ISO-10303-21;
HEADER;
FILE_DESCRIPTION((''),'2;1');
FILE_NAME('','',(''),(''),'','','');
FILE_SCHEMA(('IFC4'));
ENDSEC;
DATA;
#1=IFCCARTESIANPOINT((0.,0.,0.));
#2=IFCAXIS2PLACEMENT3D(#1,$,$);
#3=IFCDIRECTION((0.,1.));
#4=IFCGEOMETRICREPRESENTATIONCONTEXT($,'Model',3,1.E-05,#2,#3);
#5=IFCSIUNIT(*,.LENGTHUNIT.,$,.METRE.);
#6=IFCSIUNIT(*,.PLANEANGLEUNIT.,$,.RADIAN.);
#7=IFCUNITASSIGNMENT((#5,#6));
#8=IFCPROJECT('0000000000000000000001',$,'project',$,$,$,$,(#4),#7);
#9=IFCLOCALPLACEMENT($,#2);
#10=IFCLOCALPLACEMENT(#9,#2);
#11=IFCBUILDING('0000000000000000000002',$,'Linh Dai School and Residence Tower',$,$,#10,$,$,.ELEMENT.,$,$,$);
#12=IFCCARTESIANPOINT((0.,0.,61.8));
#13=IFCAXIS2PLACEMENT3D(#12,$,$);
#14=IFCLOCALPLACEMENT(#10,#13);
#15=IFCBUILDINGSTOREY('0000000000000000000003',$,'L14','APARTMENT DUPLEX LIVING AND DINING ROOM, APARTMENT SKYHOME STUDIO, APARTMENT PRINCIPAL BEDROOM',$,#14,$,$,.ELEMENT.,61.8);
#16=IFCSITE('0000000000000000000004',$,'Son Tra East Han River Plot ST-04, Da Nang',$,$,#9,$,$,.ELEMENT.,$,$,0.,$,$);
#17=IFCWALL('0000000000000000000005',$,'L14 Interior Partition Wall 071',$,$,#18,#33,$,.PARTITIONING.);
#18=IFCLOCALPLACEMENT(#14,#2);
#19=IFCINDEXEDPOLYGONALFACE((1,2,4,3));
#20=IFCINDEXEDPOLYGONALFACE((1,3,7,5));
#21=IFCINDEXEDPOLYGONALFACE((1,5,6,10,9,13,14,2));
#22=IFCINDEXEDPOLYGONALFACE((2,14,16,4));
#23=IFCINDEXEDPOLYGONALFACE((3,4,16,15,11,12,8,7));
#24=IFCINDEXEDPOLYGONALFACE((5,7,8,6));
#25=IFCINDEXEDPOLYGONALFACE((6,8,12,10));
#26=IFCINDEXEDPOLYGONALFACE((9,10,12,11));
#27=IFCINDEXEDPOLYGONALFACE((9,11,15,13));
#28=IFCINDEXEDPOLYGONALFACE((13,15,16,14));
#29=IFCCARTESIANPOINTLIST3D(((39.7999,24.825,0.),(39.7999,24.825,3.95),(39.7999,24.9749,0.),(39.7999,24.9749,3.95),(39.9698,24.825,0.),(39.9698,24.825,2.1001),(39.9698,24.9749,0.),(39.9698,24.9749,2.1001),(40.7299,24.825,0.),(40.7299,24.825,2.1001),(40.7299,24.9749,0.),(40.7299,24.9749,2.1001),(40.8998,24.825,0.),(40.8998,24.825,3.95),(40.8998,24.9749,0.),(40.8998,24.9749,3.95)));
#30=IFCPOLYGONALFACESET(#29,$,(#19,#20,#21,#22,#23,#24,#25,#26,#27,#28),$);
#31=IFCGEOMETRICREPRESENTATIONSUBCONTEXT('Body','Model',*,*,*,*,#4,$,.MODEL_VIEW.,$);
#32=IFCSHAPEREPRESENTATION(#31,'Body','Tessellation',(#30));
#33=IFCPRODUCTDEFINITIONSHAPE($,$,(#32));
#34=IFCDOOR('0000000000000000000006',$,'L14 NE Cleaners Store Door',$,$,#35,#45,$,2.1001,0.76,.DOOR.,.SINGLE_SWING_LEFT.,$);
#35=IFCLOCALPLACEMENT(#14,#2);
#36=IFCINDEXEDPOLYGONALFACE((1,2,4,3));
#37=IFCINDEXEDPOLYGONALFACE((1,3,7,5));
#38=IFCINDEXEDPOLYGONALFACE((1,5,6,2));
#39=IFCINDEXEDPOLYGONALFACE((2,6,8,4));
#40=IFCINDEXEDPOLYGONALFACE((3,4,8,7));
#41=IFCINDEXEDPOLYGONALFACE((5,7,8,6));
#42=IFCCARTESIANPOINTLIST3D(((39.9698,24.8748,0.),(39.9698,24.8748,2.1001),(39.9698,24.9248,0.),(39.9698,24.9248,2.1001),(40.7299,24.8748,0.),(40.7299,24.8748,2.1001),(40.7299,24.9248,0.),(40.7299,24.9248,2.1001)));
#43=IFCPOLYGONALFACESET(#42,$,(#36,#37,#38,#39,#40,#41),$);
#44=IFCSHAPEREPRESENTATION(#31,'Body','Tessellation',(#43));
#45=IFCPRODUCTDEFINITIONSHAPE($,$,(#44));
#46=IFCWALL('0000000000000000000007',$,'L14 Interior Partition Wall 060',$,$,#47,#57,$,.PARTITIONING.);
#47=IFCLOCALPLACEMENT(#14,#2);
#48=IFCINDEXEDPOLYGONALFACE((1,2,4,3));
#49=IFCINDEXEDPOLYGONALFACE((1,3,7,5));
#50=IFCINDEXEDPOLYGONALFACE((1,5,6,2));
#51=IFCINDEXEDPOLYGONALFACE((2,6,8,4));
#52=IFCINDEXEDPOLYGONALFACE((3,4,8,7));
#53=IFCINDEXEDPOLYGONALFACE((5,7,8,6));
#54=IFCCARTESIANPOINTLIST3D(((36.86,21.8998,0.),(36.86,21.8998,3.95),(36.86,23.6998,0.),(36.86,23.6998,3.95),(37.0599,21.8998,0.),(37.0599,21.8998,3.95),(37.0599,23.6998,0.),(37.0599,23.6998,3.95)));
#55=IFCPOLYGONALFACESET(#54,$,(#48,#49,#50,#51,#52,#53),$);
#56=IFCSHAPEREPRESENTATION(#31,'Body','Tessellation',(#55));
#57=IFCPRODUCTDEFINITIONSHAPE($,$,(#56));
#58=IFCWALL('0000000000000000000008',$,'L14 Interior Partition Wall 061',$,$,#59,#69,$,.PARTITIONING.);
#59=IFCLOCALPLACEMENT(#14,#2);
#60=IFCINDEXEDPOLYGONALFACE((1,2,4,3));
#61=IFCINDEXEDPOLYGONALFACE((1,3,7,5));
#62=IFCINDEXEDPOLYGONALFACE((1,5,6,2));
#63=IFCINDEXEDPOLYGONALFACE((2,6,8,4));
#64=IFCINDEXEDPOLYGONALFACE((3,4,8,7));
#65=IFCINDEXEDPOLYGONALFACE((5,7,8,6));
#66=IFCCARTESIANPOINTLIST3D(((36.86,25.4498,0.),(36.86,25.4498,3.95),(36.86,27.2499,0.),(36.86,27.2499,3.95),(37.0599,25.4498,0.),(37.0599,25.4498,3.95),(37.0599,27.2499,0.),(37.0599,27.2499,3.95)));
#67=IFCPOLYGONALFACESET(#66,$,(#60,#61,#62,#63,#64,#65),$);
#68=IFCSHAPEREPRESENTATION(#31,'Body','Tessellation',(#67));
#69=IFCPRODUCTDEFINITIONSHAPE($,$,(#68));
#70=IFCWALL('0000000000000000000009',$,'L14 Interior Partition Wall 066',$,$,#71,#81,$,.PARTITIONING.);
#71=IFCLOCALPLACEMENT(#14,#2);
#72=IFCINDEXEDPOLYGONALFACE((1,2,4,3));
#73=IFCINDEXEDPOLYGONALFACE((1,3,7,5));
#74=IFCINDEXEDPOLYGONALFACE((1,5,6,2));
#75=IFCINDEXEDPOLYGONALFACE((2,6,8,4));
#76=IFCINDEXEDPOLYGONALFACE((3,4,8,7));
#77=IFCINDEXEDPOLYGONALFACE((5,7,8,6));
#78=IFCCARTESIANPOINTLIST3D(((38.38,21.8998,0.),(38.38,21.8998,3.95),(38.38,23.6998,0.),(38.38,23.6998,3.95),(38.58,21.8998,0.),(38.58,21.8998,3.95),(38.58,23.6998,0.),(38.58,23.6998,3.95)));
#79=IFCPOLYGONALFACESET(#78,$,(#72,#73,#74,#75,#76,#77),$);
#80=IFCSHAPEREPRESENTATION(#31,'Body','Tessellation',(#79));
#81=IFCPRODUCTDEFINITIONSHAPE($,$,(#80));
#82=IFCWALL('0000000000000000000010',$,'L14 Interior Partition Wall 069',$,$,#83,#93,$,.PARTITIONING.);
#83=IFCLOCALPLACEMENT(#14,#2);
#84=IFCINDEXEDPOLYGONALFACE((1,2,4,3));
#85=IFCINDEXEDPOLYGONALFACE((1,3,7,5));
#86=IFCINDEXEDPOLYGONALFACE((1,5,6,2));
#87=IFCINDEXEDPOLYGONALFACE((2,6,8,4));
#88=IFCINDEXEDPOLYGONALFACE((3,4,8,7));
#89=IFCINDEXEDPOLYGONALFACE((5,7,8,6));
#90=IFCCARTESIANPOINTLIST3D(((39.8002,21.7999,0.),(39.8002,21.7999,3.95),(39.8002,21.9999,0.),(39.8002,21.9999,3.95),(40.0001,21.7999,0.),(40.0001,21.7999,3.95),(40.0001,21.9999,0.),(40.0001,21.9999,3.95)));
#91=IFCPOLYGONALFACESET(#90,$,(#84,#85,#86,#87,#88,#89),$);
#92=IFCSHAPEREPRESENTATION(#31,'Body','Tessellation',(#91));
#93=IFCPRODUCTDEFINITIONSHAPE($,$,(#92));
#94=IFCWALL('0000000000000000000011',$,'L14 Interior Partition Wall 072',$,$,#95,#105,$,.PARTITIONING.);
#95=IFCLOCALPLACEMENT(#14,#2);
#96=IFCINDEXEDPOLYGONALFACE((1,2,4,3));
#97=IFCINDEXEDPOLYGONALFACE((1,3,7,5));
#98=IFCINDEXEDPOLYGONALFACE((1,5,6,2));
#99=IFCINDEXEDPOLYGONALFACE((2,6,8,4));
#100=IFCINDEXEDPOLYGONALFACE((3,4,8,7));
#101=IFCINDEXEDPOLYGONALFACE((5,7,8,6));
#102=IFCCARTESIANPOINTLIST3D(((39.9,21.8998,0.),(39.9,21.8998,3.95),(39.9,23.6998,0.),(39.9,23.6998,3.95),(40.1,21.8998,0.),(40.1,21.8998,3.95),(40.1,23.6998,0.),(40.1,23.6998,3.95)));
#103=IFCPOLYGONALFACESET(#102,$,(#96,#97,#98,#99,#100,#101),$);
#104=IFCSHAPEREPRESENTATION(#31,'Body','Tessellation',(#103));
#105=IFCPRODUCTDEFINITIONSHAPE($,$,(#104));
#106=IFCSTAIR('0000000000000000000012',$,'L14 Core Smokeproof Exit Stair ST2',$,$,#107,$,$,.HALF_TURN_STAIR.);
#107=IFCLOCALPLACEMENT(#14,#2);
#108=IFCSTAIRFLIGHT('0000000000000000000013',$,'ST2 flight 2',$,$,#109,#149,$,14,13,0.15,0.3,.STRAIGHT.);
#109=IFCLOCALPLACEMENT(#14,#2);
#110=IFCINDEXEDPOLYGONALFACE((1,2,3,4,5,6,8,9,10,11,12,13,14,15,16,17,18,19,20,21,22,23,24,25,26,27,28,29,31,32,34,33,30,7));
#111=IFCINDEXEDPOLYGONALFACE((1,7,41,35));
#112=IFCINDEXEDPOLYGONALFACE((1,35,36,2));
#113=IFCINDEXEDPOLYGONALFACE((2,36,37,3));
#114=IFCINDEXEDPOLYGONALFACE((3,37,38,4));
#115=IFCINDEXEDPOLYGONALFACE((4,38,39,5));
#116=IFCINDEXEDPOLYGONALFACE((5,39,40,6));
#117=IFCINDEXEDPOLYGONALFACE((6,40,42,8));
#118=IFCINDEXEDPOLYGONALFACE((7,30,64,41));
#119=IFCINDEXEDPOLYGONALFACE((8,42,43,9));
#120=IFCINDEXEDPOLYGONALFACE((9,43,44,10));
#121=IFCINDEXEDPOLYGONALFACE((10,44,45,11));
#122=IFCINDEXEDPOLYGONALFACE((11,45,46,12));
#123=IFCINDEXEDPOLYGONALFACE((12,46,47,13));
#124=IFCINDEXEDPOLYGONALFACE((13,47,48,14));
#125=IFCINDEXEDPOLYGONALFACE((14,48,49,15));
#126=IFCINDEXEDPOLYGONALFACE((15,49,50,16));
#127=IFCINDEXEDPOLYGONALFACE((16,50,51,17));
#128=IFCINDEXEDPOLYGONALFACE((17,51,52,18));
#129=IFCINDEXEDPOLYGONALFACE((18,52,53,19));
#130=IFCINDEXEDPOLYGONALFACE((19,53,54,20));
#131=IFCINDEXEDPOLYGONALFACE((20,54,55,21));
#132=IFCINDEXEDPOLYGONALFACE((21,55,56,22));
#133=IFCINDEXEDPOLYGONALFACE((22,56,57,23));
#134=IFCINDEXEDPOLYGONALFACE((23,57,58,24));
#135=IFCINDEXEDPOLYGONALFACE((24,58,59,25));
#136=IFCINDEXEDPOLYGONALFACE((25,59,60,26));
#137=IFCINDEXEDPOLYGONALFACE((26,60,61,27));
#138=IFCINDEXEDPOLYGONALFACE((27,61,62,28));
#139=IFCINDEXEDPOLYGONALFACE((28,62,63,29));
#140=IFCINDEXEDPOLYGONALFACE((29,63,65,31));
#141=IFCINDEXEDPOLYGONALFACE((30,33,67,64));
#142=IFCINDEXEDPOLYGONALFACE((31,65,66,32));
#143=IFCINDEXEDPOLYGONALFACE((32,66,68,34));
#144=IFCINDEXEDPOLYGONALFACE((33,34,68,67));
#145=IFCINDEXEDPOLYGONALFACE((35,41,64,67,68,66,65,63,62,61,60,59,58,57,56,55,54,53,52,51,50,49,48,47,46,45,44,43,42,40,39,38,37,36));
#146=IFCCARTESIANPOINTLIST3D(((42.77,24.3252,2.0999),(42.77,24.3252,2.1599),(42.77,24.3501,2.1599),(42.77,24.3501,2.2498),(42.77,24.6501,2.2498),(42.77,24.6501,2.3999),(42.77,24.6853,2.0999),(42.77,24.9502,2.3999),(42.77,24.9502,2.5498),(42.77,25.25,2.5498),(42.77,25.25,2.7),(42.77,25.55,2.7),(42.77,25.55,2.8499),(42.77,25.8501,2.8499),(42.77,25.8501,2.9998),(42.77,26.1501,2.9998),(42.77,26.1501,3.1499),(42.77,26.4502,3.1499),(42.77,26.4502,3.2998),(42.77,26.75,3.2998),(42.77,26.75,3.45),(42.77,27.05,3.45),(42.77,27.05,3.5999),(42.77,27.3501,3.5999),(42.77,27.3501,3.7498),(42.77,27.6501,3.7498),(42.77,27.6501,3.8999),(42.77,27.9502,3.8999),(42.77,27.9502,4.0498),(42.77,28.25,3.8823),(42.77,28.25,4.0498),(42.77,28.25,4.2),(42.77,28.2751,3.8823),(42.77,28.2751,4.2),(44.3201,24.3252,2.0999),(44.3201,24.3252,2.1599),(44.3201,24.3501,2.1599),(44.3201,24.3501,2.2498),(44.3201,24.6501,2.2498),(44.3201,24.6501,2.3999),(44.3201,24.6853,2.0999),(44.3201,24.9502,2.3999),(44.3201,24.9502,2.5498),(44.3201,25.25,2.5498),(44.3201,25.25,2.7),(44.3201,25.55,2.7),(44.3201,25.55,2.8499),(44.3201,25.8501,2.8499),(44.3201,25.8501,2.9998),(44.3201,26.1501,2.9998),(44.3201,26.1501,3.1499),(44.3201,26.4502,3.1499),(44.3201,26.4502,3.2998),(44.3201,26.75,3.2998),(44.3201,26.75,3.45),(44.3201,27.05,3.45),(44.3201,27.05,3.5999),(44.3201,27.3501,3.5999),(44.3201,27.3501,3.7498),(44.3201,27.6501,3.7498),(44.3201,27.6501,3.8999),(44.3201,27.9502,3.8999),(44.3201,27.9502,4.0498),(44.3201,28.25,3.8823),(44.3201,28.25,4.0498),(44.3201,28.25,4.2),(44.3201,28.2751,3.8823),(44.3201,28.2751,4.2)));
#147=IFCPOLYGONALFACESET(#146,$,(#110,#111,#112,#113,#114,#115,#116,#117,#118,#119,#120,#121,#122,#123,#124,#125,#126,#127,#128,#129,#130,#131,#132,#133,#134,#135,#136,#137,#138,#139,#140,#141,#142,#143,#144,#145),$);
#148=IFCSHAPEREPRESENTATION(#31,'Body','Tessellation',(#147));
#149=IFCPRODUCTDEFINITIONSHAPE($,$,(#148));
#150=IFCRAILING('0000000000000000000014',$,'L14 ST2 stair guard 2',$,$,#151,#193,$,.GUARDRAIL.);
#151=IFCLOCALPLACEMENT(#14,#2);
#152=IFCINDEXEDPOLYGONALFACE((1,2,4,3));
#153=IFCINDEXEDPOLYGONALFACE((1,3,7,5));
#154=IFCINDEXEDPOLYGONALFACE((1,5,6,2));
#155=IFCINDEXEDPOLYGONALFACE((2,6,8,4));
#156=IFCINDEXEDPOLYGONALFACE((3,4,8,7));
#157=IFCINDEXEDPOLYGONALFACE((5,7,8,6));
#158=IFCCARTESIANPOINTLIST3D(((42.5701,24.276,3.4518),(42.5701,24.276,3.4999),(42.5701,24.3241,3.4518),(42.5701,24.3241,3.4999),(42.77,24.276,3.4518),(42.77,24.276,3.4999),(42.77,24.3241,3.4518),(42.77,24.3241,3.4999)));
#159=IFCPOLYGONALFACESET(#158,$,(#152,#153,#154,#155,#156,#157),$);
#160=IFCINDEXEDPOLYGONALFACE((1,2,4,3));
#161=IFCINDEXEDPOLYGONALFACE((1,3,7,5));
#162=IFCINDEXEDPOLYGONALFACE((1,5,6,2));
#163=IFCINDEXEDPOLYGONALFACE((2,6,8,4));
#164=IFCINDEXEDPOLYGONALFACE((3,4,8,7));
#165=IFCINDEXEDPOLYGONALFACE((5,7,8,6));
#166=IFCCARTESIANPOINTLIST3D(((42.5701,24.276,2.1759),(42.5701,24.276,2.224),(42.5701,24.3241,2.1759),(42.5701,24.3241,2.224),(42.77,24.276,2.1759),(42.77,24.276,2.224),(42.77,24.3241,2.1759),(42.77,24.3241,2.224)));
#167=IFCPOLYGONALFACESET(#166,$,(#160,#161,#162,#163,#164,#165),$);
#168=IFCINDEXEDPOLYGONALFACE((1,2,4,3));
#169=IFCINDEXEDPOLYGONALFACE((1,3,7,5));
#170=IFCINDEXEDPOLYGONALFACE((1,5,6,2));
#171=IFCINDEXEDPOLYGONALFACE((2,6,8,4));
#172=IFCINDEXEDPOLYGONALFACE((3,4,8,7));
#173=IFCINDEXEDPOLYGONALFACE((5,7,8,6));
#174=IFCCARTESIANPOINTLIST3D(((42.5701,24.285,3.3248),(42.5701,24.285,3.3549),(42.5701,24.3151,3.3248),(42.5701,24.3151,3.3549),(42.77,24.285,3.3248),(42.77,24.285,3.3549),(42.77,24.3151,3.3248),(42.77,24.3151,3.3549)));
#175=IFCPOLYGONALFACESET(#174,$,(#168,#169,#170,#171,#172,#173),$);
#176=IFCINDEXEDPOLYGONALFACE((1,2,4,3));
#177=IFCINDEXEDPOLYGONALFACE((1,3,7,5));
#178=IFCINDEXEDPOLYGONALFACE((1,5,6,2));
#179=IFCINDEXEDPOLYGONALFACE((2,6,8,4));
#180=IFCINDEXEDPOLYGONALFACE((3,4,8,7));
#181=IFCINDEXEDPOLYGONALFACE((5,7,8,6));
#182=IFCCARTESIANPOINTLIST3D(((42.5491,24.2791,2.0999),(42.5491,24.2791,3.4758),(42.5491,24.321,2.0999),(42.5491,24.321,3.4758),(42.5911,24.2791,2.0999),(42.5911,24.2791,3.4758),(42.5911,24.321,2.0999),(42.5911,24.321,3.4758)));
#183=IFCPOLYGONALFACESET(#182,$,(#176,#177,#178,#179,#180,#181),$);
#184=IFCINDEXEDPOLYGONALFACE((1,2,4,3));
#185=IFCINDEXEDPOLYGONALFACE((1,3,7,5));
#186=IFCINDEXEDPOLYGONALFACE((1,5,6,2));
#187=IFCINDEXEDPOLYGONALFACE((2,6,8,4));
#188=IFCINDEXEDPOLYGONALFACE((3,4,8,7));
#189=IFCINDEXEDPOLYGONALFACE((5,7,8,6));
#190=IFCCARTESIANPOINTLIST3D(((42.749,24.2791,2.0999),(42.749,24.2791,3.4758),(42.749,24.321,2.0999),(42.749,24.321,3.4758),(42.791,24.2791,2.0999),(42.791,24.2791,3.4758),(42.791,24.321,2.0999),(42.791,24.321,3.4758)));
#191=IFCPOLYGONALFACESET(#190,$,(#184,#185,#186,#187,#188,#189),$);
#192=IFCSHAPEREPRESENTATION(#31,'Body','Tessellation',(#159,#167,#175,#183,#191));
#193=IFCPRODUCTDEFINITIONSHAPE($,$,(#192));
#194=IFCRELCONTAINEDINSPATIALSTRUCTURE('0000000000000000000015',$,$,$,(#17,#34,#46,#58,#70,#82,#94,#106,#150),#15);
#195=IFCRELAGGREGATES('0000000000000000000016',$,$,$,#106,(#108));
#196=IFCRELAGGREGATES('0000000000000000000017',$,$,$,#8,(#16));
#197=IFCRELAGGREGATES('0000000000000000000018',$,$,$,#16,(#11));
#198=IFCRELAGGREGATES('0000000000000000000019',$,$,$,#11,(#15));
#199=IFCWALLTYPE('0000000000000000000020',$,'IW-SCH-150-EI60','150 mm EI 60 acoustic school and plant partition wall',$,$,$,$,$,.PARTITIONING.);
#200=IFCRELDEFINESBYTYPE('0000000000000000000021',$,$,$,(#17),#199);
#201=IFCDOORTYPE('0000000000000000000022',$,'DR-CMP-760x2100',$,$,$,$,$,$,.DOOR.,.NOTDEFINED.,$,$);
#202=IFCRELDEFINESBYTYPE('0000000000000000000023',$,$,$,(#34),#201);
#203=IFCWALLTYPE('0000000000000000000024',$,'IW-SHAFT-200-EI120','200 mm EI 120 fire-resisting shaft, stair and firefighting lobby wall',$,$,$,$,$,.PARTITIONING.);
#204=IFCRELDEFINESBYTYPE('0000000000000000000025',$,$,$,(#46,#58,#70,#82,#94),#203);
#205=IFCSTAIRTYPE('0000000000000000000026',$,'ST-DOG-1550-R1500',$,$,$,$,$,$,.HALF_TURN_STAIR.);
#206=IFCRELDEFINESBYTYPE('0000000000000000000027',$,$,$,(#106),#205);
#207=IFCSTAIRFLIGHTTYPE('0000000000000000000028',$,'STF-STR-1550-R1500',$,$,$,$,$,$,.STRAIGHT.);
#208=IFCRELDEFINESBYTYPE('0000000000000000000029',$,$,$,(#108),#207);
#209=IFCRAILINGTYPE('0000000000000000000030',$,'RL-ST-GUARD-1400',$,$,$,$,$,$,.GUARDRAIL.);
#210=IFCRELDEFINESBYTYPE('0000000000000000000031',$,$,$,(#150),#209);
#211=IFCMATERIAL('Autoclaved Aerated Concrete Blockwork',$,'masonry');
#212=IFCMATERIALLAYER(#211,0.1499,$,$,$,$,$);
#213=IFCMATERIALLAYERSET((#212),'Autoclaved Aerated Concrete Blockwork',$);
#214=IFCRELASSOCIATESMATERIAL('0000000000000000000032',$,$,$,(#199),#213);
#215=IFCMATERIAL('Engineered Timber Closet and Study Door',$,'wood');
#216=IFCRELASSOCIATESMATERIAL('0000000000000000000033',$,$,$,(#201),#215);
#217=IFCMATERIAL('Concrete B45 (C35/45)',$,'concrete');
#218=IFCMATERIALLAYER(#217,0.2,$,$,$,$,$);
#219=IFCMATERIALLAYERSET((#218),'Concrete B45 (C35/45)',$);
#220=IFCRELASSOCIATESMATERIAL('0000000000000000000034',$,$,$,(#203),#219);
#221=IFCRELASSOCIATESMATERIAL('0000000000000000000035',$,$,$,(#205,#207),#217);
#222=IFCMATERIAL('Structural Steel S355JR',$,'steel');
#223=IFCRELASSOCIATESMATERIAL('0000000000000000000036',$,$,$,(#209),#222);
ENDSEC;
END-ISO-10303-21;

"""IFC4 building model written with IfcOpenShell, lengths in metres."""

from ifc_helpers import new_model, si_unit, direction, frame, frame_2d, origin, origin_2d, place, context, subcontext, project, spatial, polyline, rectangle, outline, extrude, source, transform, mapped, material, layer, layer_set, type_object, element, fill, aggregate, save


model = new_model("IFC4")

# Units and contexts
model_context = context("Model", 3, precision=1e-05, world=origin(), true_north=direction((0.0, 1.0)))
body_context = subcontext(model_context, "Body", "Model", "MODEL_VIEW")
ifc_project = project(units=[si_unit("LENGTHUNIT", "METRE"), si_unit("PLANEANGLEUNIT", "RADIAN")], contexts=[model_context])

# Site, building, storey
site_placement = place(None, origin())
site = spatial("IfcSite", under=ifc_project, at=site_placement, Name="Son Tra East Han River Plot ST-04, Da Nang", CompositionType="ELEMENT", RefElevation=0.0)
building_placement = place(site_placement, origin())
building = spatial("IfcBuilding", under=site, at=building_placement, Name="Linh Dai School and Residence Tower", CompositionType="ELEMENT")
storey_placement = place(building_placement, frame((0.0, 0.0, 61.8)))
storey = spatial("IfcBuildingStorey", under=building, at=storey_placement, Name="L14", Description="APARTMENT DUPLEX LIVING AND DINING ROOM, APARTMENT SKYHOME STUDIO, APARTMENT PRINCIPAL BEDROOM", CompositionType="ELEMENT", Elevation=61.8)

# Shared definitions
ifc_material_1 = material(Name="Structural Steel S355JR", Category="steel")

# Shared definitions
ifc_material_2 = material(Name="Autoclaved Aerated Concrete Blockwork", Category="masonry")

# Wall, opening, door
ifc_layer_1 = layer(ifc_material_2, 0.1499)
ifc_layer_set_1 = layer_set([ifc_layer_1], Name="Autoclaved Aerated Concrete Blockwork")
wall_type_1 = type_object("IfcWallType", Name="IW-SCH-150-EI60", Description="150 mm EI 60 acoustic school and plant partition wall", PredefinedType="PARTITIONING", material=ifc_layer_set_1)
wall_1_placement = place(storey_placement, frame((39.8, 24.8999, 0.0), z_axis=(0.0, 0.0, 1.0), x_axis=(1.0, 0.0, 0.0)))
wall_1 = element("IfcWall", 1, at=wall_1_placement, inside=storey, type_object=wall_type_1, Name="L14 Interior Partition Wall 071", PredefinedType="PARTITIONING", context=body_context, shape_type="SweptSolid", body=[
    extrude(rectangle(XDim=1.0999, YDim=0.1499, at=frame_2d((0.5498, 0.0))), origin(), (0.0, 0.0, 1.0), 3.95),
])
opening_1_placement = place(wall_1_placement, frame((0.1699, 0.0, 0.0)))
opening_1 = element("IfcOpeningElement", 2, at=opening_1_placement, cuts=wall_1, PredefinedType="OPENING", context=body_context, shape_type="SweptSolid", body=[
    extrude(rectangle(XDim=0.76, YDim=2.1001, at=origin_2d()), frame((0.3799, 0.085, 1.05), z_axis=(0.0, -1.0, 0.0), x_axis=(1.0, 0.0, 0.0)), (0.0, 0.0, 1.0), 0.1699),
])
ifc_material_3 = material(Name="Engineered Timber Closet and Study Door", Category="wood")
door_type_1 = type_object("IfcDoorType", Name="DR-CMP-760x2100", OperationType="NOTDEFINED", PredefinedType="DOOR", material=ifc_material_3)
shared_shape_1 = source(origin(), body_context, "Body", "SweptSolid", [
    extrude(rectangle(XDim=0.76, YDim=2.1001, at=origin_2d()), frame((0.3799, 0.0249, 1.05), z_axis=(0.0, -1.0, 0.0), x_axis=(1.0, 0.0, 0.0)), (0.0, 0.0, 1.0), 0.05),
])
door_1_placement = place(opening_1_placement, origin())
door_1 = element("IfcDoor", 3, at=door_1_placement, inside=storey, type_object=door_type_1, Name="L14 NE Cleaners Store Door", OperationType="SINGLE_SWING_LEFT", OverallHeight=2.1001, OverallWidth=0.76, PredefinedType="DOOR", context=body_context, shape_type="MappedRepresentation", body=[
    mapped(shared_shape_1, transform((0.0, 0.0, 0.0), x_axis=(1.0, 0.0, 0.0), y_axis=(0.0, 1.0, 0.0), z_axis=(0.0, 0.0, 1.0), scale=1.0)),
])
fill(opening_1, door_1)

# Walls
ifc_material_4 = material(Name="Concrete B45 (C35/45)", Category="concrete")
ifc_layer_2 = layer(ifc_material_4, 0.2)
ifc_layer_set_2 = layer_set([ifc_layer_2], Name="Concrete B45 (C35/45)")
wall_type_2 = type_object("IfcWallType", Name="IW-SHAFT-200-EI120", Description="200 mm EI 120 fire-resisting shaft, stair and firefighting lobby wall", PredefinedType="PARTITIONING", material=ifc_layer_set_2)
for number, where, z_axis, x_axis, name in (
    (4, (36.96, 21.8999, 0.0), (0.0, 0.0, 1.0), (0.0, 1.0, 0.0), "L14 Interior Partition Wall 060"),
    (5, (36.96, 25.45, 0.0), (0.0, 0.0, 1.0), (0.0, 1.0, 0.0), "L14 Interior Partition Wall 061"),
    (6, (38.48, 21.8999, 0.0), (0.0, 0.0, 1.0), (0.0, 1.0, 0.0), "L14 Interior Partition Wall 066"),
):
    element("IfcWall", number, at=place(storey_placement, frame(where, z_axis=z_axis, x_axis=x_axis)), inside=storey, type_object=wall_type_2, Name=name, PredefinedType="PARTITIONING", context=body_context, shape_type="SweptSolid", body=[
        extrude(rectangle(XDim=1.8, YDim=0.2, at=frame_2d((0.8999, 0.0))), origin(), (0.0, 0.0, 1.0), 3.95),
    ])
wall_2_placement = place(storey_placement, frame((39.8, 21.8999, 0.0), z_axis=(0.0, 0.0, 1.0), x_axis=(1.0, 0.0, 0.0)))
element("IfcWall", 7, at=wall_2_placement, inside=storey, type_object=wall_type_2, Name="L14 Interior Partition Wall 069", PredefinedType="PARTITIONING", context=body_context, shape_type="SweptSolid", body=[
    extrude(rectangle(XDim=0.2, YDim=0.2, at=frame_2d((0.1001, 0.0))), origin(), (0.0, 0.0, 1.0), 3.95),
])
wall_3_placement = place(storey_placement, frame((40.0, 21.8999, 0.0), z_axis=(0.0, 0.0, 1.0), x_axis=(0.0, 1.0, 0.0)))
element("IfcWall", 8, at=wall_3_placement, inside=storey, type_object=wall_type_2, Name="L14 Interior Partition Wall 072", PredefinedType="PARTITIONING", context=body_context, shape_type="SweptSolid", body=[
    extrude(rectangle(XDim=1.8, YDim=0.2, at=frame_2d((0.8999, 0.0))), origin(), (0.0, 0.0, 1.0), 3.95),
])

# Stair, stair flight
stair_type = type_object("IfcStairType", Name="ST-DOG-1550-R1500", PredefinedType="HALF_TURN_STAIR", material=ifc_material_4)
stair_placement = place(storey_placement, origin())
stair = element("IfcStair", 9, at=stair_placement, inside=storey, type_object=stair_type, Name="L14 Core Smokeproof Exit Stair ST2", PredefinedType="HALF_TURN_STAIR")
stair_flight_type = type_object("IfcStairFlightType", Name="STF-STR-1550-R1500", PredefinedType="STRAIGHT", material=ifc_material_4)
shared_shape_2 = source(origin(), body_context, "Body", "SweptSolid", [
    extrude(outline(polyline([(-0.0249, 0.0), (-0.0249, 0.0601), (0.0, 0.0601), (0.0, 0.1499), (0.3, 0.1499), (0.3, 0.3), (0.6001, 0.3), (0.6001, 0.45), (0.8999, 0.45), (0.8999, 0.6001), (1.2, 0.6001), (1.2, 0.75), (1.5, 0.75), (1.5, 0.8999), (1.8, 0.8999), (1.8, 1.05), (2.1001, 1.05), (2.1001, 1.2), (2.3999, 1.2), (2.3999, 1.3501), (2.7, 1.3501), (2.7, 1.5), (3.0, 1.5), (3.0, 1.6499), (3.3, 1.6499), (3.3, 1.8), (3.6001, 1.8), (3.6001, 1.95), (3.8999, 1.95), (3.8999, 2.1001), (3.925, 2.1001), (3.925, 1.7825), (3.8999, 1.7825), (0.3352, 0.0), (-0.0249, 0.0)])), frame((0.0, 0.7749, 0.0), z_axis=(0.0, -1.0, 0.0), x_axis=(1.0, 0.0, 0.0)), (0.0, 0.0, 1.0), 1.55),
])
stair_flight_placement = place(storey_placement, frame((43.5449, 24.3501, 2.0999), z_axis=(0.0, 0.0, 1.0), x_axis=(0.0, 1.0, 0.0)))
stair_flight = element("IfcStairFlight", 10, at=stair_flight_placement, type_object=stair_flight_type, Name="ST2 flight 2", NumberOfRisers=14, NumberOfTreads=13, PredefinedType="STRAIGHT", RiserHeight=0.15, TreadLength=0.3, context=body_context, shape_type="MappedRepresentation", body=[
    mapped(shared_shape_2, transform((0.0, 0.0, 0.0), x_axis=(1.0, 0.0, 0.0), y_axis=(0.0, 1.0, 0.0), z_axis=(0.0, 0.0, 1.0), scale=1.0)),
])
aggregate(stair, [stair_flight])

# Railing
railing_type_1 = type_object("IfcRailingType", Name="RL-ST-GUARD-1400", PredefinedType="GUARDRAIL", material=ifc_material_1)
shared_shape_3 = source(origin(), body_context, "Body", "SweptSolid", [
    extrude(rectangle(XDim=0.0481, YDim=0.0481, at=origin_2d()), frame((0.0, 0.0, 1.376), z_axis=(1.0, 0.0, 0.0), x_axis=(0.0, 1.0, 0.0)), (0.0, 0.0, 1.0), 0.2),
    extrude(rectangle(XDim=0.0481, YDim=0.0481, at=origin_2d()), frame((0.0, 0.0, 0.1001), z_axis=(1.0, 0.0, 0.0), x_axis=(0.0, 1.0, 0.0)), (0.0, 0.0, 1.0), 0.2),
    extrude(rectangle(XDim=0.03, YDim=0.03, at=origin_2d()), frame((0.0, 0.0, 1.24), z_axis=(1.0, 0.0, 0.0), x_axis=(0.0, 1.0, 0.0)), (0.0, 0.0, 1.0), 0.2),
    extrude(rectangle(XDim=0.042, YDim=0.042, at=origin_2d()), origin(), (0.0, 0.0, 1.0), 1.376),
    extrude(rectangle(XDim=0.042, YDim=0.042, at=origin_2d()), frame((0.2, 0.0, 0.0)), (0.0, 0.0, 1.0), 1.376),
])
railing_1_placement = place(storey_placement, frame((42.5701, 24.3, 2.0999)))
element("IfcRailing", 11, at=railing_1_placement, inside=storey, type_object=railing_type_1, Name="L14 ST2 stair guard 2", PredefinedType="GUARDRAIL", context=body_context, shape_type="MappedRepresentation", body=[
    mapped(shared_shape_3, transform((0.0, 0.0, 0.0), x_axis=(1.0, 0.0, 0.0), y_axis=(0.0, 1.0, 0.0), z_axis=(0.0, 0.0, 1.0), scale=1.0)),
])

save(model, "model.ifc")
